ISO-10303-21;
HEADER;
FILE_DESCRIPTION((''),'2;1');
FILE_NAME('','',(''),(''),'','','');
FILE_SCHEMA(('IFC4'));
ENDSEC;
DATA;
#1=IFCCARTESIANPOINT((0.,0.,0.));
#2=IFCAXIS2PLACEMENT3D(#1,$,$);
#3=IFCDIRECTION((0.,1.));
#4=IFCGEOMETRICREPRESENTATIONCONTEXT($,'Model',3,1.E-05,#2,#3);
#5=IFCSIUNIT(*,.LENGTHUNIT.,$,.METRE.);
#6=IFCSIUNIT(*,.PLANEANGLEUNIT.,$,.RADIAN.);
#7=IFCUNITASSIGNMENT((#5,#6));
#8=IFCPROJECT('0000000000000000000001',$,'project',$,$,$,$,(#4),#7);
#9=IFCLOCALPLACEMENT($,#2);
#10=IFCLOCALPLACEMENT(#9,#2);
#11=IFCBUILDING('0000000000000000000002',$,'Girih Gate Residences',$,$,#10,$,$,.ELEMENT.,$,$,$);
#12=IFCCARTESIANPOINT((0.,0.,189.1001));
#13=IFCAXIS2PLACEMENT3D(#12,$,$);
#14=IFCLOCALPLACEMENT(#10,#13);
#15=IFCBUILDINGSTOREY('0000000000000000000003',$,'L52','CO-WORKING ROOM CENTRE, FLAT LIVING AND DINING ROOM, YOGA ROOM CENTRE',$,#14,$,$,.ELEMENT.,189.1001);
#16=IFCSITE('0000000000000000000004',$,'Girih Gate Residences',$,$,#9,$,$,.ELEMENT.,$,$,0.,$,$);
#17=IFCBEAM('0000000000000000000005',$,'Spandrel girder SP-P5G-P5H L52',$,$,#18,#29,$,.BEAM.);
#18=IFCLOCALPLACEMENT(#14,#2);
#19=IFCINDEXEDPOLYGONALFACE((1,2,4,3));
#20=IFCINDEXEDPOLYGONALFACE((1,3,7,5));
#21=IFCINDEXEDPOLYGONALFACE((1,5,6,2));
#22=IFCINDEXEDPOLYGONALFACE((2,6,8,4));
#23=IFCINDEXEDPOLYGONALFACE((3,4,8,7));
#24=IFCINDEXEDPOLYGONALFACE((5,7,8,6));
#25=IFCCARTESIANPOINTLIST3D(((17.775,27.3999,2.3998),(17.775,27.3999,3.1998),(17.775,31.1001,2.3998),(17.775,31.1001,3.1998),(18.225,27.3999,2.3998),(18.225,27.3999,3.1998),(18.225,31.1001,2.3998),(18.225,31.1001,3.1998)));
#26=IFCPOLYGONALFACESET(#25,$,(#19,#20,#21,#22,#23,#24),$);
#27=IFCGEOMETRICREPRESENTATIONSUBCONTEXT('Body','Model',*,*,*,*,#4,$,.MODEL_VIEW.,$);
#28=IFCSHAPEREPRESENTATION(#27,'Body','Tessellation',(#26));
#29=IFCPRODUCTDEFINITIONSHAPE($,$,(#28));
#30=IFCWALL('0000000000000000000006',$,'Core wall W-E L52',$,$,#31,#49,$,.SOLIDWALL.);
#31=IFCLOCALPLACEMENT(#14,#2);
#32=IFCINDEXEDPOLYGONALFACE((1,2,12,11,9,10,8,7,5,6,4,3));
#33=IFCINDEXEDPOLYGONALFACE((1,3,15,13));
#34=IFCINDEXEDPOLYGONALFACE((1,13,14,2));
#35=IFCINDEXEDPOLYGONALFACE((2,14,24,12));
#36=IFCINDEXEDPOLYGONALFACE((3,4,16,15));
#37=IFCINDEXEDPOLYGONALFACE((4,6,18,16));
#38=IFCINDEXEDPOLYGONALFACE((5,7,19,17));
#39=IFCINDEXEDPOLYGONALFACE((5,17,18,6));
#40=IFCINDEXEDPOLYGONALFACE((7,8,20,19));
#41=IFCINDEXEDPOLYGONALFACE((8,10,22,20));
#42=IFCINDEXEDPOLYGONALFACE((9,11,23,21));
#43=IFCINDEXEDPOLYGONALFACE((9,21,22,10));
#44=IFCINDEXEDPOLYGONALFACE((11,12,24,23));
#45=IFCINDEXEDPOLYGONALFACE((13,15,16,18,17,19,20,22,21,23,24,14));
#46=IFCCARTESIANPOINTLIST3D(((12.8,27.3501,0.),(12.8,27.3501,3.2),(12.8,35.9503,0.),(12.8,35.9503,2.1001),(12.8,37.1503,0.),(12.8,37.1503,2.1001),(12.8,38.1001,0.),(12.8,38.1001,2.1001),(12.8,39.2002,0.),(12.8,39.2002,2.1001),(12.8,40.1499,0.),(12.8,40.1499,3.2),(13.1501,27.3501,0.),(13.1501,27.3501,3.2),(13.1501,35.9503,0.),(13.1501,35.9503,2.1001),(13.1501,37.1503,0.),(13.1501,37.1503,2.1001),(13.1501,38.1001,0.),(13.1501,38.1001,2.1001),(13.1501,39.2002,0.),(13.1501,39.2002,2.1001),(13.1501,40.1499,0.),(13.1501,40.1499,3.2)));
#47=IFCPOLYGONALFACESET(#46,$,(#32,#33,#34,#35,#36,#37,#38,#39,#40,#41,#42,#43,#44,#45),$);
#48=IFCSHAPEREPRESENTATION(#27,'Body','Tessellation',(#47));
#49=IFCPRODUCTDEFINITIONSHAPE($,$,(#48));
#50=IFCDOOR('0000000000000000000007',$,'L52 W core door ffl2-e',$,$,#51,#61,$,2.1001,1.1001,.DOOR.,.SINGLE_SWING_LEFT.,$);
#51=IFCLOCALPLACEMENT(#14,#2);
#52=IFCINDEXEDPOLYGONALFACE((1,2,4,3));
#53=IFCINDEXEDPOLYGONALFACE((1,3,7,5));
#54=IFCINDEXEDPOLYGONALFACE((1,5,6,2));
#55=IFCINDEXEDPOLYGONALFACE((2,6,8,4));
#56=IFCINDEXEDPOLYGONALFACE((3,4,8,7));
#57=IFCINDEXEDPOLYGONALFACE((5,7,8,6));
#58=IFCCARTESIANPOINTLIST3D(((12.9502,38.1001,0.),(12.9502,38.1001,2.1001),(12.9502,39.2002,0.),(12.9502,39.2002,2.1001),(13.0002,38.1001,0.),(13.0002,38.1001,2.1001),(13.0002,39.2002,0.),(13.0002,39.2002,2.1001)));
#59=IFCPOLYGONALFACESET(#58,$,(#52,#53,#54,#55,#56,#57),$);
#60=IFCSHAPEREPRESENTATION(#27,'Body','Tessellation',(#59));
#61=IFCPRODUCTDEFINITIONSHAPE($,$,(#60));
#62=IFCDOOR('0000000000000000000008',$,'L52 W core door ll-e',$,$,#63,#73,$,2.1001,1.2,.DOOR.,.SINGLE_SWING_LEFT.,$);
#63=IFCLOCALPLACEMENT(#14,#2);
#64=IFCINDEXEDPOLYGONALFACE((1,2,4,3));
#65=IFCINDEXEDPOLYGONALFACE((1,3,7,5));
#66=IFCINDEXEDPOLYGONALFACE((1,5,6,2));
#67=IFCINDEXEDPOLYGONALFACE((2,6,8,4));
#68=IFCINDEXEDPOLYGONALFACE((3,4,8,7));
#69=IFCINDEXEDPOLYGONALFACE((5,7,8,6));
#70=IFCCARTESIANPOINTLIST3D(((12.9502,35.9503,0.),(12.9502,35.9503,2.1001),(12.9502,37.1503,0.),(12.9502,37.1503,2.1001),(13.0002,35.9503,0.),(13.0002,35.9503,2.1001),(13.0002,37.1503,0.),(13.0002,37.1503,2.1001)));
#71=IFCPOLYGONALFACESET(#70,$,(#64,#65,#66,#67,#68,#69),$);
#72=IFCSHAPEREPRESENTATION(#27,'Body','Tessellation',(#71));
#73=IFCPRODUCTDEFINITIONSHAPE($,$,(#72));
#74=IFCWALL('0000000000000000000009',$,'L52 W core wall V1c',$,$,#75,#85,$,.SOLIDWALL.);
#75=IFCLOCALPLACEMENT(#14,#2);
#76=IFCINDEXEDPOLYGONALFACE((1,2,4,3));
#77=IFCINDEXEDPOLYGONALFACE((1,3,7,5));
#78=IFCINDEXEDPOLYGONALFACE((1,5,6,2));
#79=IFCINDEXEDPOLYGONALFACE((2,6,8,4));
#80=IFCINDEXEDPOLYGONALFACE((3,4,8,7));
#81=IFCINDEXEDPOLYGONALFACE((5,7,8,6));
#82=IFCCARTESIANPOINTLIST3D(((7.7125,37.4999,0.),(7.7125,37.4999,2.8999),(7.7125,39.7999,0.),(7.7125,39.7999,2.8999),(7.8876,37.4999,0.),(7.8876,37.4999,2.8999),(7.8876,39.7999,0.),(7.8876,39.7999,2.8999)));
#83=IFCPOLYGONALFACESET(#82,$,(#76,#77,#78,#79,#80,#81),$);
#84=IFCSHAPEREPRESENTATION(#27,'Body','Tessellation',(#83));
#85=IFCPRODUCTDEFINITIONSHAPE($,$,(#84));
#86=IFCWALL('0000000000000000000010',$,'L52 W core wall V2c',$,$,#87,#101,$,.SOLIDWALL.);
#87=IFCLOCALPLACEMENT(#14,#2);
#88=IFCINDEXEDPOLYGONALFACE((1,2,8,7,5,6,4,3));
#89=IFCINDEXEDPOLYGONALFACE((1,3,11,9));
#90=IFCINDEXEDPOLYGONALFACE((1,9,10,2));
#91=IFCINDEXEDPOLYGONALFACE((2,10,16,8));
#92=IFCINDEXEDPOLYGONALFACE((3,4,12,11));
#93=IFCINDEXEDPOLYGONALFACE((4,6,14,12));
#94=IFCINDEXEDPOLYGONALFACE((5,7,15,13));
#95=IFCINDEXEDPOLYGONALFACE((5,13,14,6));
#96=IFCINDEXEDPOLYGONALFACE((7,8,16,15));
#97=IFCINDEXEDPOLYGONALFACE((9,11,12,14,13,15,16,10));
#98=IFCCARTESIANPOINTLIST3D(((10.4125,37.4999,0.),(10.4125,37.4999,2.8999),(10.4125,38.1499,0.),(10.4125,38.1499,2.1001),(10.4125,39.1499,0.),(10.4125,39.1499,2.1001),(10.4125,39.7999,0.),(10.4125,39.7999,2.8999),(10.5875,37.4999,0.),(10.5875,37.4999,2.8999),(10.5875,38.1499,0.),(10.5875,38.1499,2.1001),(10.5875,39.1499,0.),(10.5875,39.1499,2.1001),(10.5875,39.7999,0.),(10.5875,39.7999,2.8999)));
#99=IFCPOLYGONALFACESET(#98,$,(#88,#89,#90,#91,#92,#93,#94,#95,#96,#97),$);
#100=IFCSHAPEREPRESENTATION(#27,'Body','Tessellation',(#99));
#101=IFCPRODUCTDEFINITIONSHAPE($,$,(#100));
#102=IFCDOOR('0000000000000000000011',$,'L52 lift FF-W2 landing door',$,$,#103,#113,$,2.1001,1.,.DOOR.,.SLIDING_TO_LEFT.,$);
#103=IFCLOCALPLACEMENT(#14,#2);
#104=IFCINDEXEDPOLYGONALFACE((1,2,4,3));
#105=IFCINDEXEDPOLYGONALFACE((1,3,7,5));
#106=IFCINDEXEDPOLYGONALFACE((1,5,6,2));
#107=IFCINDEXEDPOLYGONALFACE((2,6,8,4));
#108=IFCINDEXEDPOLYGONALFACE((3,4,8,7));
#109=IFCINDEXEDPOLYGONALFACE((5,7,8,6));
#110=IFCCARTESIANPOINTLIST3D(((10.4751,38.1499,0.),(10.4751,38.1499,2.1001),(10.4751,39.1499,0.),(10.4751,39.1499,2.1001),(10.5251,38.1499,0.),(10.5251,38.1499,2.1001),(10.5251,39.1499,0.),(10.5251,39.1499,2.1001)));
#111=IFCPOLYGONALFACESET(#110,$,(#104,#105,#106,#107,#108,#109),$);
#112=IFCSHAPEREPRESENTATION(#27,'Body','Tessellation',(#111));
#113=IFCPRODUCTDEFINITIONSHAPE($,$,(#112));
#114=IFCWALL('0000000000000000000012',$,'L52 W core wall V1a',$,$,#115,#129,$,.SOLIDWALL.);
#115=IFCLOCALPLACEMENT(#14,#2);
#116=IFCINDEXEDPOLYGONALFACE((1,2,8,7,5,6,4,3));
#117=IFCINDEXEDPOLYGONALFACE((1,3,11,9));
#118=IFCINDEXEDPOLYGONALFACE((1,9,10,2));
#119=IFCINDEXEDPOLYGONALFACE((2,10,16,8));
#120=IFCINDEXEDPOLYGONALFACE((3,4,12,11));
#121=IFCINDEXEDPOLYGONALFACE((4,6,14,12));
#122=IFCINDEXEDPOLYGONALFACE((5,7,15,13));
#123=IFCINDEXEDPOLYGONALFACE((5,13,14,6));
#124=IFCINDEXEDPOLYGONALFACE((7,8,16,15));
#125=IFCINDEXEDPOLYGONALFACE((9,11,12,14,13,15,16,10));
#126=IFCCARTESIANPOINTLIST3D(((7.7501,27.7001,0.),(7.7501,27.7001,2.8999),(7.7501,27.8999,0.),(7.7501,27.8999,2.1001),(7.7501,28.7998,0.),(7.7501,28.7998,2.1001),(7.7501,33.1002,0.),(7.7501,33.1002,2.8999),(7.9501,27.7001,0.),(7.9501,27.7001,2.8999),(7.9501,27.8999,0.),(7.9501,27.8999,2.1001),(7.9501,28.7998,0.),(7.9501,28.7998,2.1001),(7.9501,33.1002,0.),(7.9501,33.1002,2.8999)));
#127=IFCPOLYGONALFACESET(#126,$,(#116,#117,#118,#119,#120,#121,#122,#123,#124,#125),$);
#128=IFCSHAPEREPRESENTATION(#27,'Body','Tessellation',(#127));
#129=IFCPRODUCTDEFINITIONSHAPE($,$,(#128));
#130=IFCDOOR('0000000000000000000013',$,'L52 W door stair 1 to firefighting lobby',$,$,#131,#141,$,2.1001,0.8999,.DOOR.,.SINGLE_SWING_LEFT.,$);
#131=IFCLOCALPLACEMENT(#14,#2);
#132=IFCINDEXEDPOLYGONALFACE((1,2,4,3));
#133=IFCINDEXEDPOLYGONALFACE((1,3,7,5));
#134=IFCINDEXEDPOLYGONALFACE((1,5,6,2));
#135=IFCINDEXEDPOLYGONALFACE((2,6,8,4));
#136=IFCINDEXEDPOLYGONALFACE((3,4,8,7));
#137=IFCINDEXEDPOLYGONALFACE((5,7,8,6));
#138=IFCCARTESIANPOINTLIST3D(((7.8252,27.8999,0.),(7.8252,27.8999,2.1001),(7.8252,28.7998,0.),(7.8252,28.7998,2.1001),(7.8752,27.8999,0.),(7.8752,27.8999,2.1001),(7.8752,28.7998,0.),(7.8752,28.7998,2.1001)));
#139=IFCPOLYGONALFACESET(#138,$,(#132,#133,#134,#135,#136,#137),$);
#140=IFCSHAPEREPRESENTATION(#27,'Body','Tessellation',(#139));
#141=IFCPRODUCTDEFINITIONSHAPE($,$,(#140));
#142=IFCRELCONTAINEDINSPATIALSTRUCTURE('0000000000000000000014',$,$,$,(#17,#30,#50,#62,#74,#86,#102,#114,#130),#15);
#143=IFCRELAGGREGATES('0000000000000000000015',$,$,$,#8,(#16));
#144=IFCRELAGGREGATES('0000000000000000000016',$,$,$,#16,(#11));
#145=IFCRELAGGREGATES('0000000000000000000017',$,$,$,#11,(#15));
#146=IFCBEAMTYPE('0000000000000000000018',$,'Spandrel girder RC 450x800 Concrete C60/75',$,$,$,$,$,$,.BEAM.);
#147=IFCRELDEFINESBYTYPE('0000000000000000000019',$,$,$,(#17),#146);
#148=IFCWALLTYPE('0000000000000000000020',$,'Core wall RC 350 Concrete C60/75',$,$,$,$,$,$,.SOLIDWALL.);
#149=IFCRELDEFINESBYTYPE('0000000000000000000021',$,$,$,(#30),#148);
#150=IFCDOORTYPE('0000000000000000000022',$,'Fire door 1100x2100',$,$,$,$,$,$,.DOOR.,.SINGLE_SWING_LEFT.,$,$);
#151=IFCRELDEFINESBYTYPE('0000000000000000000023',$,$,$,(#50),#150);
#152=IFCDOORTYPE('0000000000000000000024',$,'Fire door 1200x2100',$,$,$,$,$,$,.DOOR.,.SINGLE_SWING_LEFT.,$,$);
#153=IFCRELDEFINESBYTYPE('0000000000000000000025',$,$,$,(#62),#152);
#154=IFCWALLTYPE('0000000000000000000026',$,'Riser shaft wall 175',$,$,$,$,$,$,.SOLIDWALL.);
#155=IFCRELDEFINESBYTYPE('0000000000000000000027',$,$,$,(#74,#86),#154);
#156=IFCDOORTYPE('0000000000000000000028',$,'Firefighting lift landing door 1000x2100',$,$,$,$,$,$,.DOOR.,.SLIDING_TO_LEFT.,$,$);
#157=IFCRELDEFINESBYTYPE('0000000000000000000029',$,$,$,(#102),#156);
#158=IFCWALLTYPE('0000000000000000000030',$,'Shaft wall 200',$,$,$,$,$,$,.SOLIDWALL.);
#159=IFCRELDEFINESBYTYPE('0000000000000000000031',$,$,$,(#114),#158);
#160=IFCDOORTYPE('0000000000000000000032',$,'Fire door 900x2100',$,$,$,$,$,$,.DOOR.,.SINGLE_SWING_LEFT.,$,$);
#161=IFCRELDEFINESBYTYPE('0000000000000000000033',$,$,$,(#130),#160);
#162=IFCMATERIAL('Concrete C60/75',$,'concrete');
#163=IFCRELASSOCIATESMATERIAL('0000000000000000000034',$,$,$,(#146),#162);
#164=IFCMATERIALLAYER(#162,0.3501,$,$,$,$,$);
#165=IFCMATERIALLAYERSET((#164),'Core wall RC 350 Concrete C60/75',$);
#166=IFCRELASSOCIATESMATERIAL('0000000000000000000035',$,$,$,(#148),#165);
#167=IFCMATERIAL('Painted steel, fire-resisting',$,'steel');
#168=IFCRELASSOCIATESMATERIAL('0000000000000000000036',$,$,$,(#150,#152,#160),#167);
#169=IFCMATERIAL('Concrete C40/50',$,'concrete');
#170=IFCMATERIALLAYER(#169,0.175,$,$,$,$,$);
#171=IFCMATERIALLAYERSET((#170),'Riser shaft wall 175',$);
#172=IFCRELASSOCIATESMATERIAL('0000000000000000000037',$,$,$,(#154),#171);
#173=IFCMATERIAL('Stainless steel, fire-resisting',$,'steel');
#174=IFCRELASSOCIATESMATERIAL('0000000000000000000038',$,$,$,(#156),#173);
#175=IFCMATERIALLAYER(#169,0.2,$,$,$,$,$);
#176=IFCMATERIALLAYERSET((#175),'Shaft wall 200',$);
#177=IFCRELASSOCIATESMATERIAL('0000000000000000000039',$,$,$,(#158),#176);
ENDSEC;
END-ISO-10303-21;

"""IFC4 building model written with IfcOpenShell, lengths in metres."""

from ifc_helpers import new_model, si_unit, direction, frame, frame_2d, origin, origin_2d, place, context, subcontext, project, spatial, rectangle, extrude, material, layer, layer_set, material_profile, profile_set, type_object, element, fill, save


model = new_model("IFC4")

# Units and contexts
model_context = context("Model", 3, precision=1e-05, world=origin(), true_north=direction((0.0, 1.0)))
body_context = subcontext(model_context, "Body", "Model", "MODEL_VIEW")
ifc_project = project(units=[si_unit("LENGTHUNIT", "METRE"), si_unit("PLANEANGLEUNIT", "RADIAN")], contexts=[model_context])

# Site, building, storey
site_placement = place(None, origin())
site = spatial("IfcSite", under=ifc_project, at=site_placement, Name="Girih Gate Residences", CompositionType="ELEMENT", RefElevation=0.0)
building_placement = place(site_placement, origin())
building = spatial("IfcBuilding", under=site, at=building_placement, Name="Girih Gate Residences", CompositionType="ELEMENT")
storey_placement = place(building_placement, frame((0.0, 0.0, 189.1001)))
storey = spatial("IfcBuildingStorey", under=building, at=storey_placement, Name="L52", Description="CO-WORKING ROOM CENTRE, FLAT LIVING AND DINING ROOM, YOGA ROOM CENTRE", CompositionType="ELEMENT", Elevation=189.1001)

# Beam
ifc_material_1 = material(Name="Concrete C60/75", Category="concrete")
ifc_material_profile = material_profile(ifc_material_1, rectangle(XDim=0.45, YDim=0.8, at=origin_2d()))
ifc_profile_set = profile_set([ifc_material_profile], Name="Concrete C60/75")
beam_type = type_object("IfcBeamType", Name="Spandrel girder RC 450x800 Concrete C60/75", PredefinedType="BEAM", material=ifc_profile_set)
beam_placement = place(storey_placement, frame((18.0, 27.3999, 2.7998), z_axis=(0.0, 1.0, 0.0), x_axis=(-1.0, 0.0, 0.0)))
element("IfcBeam", 1, at=beam_placement, inside=storey, type_object=beam_type, Name="Spandrel girder SP-P5G-P5H L52", PredefinedType="BEAM", context=body_context, shape_type="SweptSolid", body=[
    extrude(rectangle(XDim=0.45, YDim=0.8, at=origin_2d()), origin(), (0.0, 0.0, 1.0), 3.7002),
])

# Wall, openings, doors
ifc_layer_1 = layer(ifc_material_1, 0.3501)
ifc_layer_set_1 = layer_set([ifc_layer_1], Name="Core wall RC 350 Concrete C60/75")
wall_type_1 = type_object("IfcWallType", Name="Core wall RC 350 Concrete C60/75", PredefinedType="SOLIDWALL", material=ifc_layer_set_1)
wall_1_placement = place(storey_placement, frame((12.9751, 27.3501, 0.0), z_axis=(0.0, 0.0, 1.0), x_axis=(0.0, 1.0, 0.0)))
wall_1 = element("IfcWall", 2, at=wall_1_placement, inside=storey, type_object=wall_type_1, Name="Core wall W-E L52", PredefinedType="SOLIDWALL", context=body_context, shape_type="SweptSolid", body=[
    extrude(rectangle(XDim=12.7998, YDim=0.3501, at=frame_2d((6.3999, 0.0))), origin(), (0.0, 0.0, 1.0), 3.2),
])
opening_1_placement = place(wall_1_placement, frame((10.75, 0.0, 0.0)))
opening_1 = element("IfcOpeningElement", 3, at=opening_1_placement, cuts=wall_1, PredefinedType="OPENING", context=body_context, shape_type="SweptSolid", body=[
    extrude(rectangle(XDim=1.1001, YDim=2.1001, at=frame_2d((0.55, 1.05))), frame((0.0, 0.1851, 0.0), z_axis=(0.0, -1.0, 0.0), x_axis=(1.0, 0.0, 0.0)), (0.0, 0.0, 1.0), 0.3701),
])
opening_2_placement = place(wall_1_placement, frame((8.6001, 0.0, 0.0)))
opening_2 = element("IfcOpeningElement", 4, at=opening_2_placement, cuts=wall_1, PredefinedType="OPENING", context=body_context, shape_type="SweptSolid", body=[
    extrude(rectangle(XDim=1.2, YDim=2.1001, at=frame_2d((0.6001, 1.05))), frame((0.0, 0.1851, 0.0), z_axis=(0.0, -1.0, 0.0), x_axis=(1.0, 0.0, 0.0)), (0.0, 0.0, 1.0), 0.3701),
])
ifc_material_2 = material(Name="Painted steel, fire-resisting", Category="steel")
door_type_1 = type_object("IfcDoorType", Name="Fire door 1100x2100", OperationType="SINGLE_SWING_LEFT", PredefinedType="DOOR", material=ifc_material_2)
door_1_placement = place(opening_1_placement, origin())
door_1 = element("IfcDoor", 5, at=door_1_placement, inside=storey, type_object=door_type_1, Name="L52 W core door ffl2-e", OperationType="SINGLE_SWING_LEFT", OverallHeight=2.1001, OverallWidth=1.1001, PredefinedType="DOOR", context=body_context, shape_type="SweptSolid", body=[
    extrude(rectangle(XDim=1.1001, YDim=2.1001, at=frame_2d((0.55, 1.05))), frame((0.0, 0.0249, 0.0), z_axis=(0.0, -1.0, 0.0), x_axis=(1.0, 0.0, 0.0)), (0.0, 0.0, 1.0), 0.05),
])
fill(opening_1, door_1)
door_type_2 = type_object("IfcDoorType", Name="Fire door 1200x2100", OperationType="SINGLE_SWING_LEFT", PredefinedType="DOOR", material=ifc_material_2)
door_2_placement = place(opening_2_placement, origin())
door_2 = element("IfcDoor", 6, at=door_2_placement, inside=storey, type_object=door_type_2, Name="L52 W core door ll-e", OperationType="SINGLE_SWING_LEFT", OverallHeight=2.1001, OverallWidth=1.2, PredefinedType="DOOR", context=body_context, shape_type="SweptSolid", body=[
    extrude(rectangle(XDim=1.2, YDim=2.1001, at=frame_2d((0.6001, 1.05))), frame((0.0, 0.0249, 0.0), z_axis=(0.0, -1.0, 0.0), x_axis=(1.0, 0.0, 0.0)), (0.0, 0.0, 1.0), 0.05),
])
fill(opening_2, door_2)

# Wall
ifc_material_3 = material(Name="Concrete C40/50", Category="concrete")
ifc_layer_2 = layer(ifc_material_3, 0.175)
ifc_layer_set_2 = layer_set([ifc_layer_2], Name="Riser shaft wall 175")
wall_type_2 = type_object("IfcWallType", Name="Riser shaft wall 175", PredefinedType="SOLIDWALL", material=ifc_layer_set_2)
wall_2_placement = place(storey_placement, frame((7.8, 37.5, 0.0), z_axis=(0.0, 0.0, 1.0), x_axis=(0.0, 1.0, 0.0)))
element("IfcWall", 7, at=wall_2_placement, inside=storey, type_object=wall_type_2, Name="L52 W core wall V1c", PredefinedType="SOLIDWALL", context=body_context, shape_type="SweptSolid", body=[
    extrude(rectangle(XDim=2.3, YDim=0.175, at=frame_2d((1.1499, 0.0))), origin(), (0.0, 0.0, 1.0), 2.8999),
])

# Walls, openings, doors
wall_3_placement = place(storey_placement, frame((10.5, 37.5, 0.0), z_axis=(0.0, 0.0, 1.0), x_axis=(0.0, 1.0, 0.0)))
wall_3 = element("IfcWall", 8, at=wall_3_placement, inside=storey, type_object=wall_type_2, Name="L52 W core wall V2c", PredefinedType="SOLIDWALL", context=body_context, shape_type="SweptSolid", body=[
    extrude(rectangle(XDim=2.3, YDim=0.175, at=frame_2d((1.1499, 0.0))), origin(), (0.0, 0.0, 1.0), 2.8999),
])
opening_3_placement = place(wall_3_placement, frame((0.6499, 0.0, 0.0)))
opening_3 = element("IfcOpeningElement", 9, at=opening_3_placement, cuts=wall_3, PredefinedType="OPENING", context=body_context, shape_type="SweptSolid", body=[
    extrude(rectangle(XDim=1.0, YDim=2.1001, at=frame_2d((0.5, 1.05))), frame((0.0, 0.0974, 0.0), z_axis=(0.0, -1.0, 0.0), x_axis=(1.0, 0.0, 0.0)), (0.0, 0.0, 1.0), 0.1951),
])
ifc_material_4 = material(Name="Stainless steel, fire-resisting", Category="steel")
door_type_3 = type_object("IfcDoorType", Name="Firefighting lift landing door 1000x2100", OperationType="SLIDING_TO_LEFT", PredefinedType="DOOR", material=ifc_material_4)
door_3_placement = place(opening_3_placement, origin())
door_3 = element("IfcDoor", 10, at=door_3_placement, inside=storey, type_object=door_type_3, Name="L52 lift FF-W2 landing door", OperationType="SLIDING_TO_LEFT", OverallHeight=2.1001, OverallWidth=1.0, PredefinedType="DOOR", context=body_context, shape_type="SweptSolid", body=[
    extrude(rectangle(XDim=1.0, YDim=2.1001, at=frame_2d((0.5, 1.05))), frame((0.0, 0.0249, 0.0), z_axis=(0.0, -1.0, 0.0), x_axis=(1.0, 0.0, 0.0)), (0.0, 0.0, 1.0), 0.05),
])
fill(opening_3, door_3)
ifc_layer_3 = layer(ifc_material_3, 0.2)
ifc_layer_set_3 = layer_set([ifc_layer_3], Name="Shaft wall 200")
wall_type_3 = type_object("IfcWallType", Name="Shaft wall 200", PredefinedType="SOLIDWALL", material=ifc_layer_set_3)
wall_4_placement = place(storey_placement, frame((7.8501, 27.7, 0.0), z_axis=(0.0, 0.0, 1.0), x_axis=(0.0, 1.0, 0.0)))
wall_4 = element("IfcWall", 11, at=wall_4_placement, inside=storey, type_object=wall_type_3, Name="L52 W core wall V1a", PredefinedType="SOLIDWALL", context=body_context, shape_type="SweptSolid", body=[
    extrude(rectangle(XDim=5.4001, YDim=0.2, at=frame_2d((2.7002, 0.0))), origin(), (0.0, 0.0, 1.0), 2.8999),
])
opening_4_placement = place(wall_4_placement, frame((0.2, 0.0, 0.0)))
opening_4 = element("IfcOpeningElement", 12, at=opening_4_placement, cuts=wall_4, PredefinedType="OPENING", context=body_context, shape_type="SweptSolid", body=[
    extrude(rectangle(XDim=0.8999, YDim=2.1001, at=frame_2d((0.45, 1.05))), frame((0.0, 0.1099, 0.0), z_axis=(0.0, -1.0, 0.0), x_axis=(1.0, 0.0, 0.0)), (0.0, 0.0, 1.0), 0.22),
])
door_type_4 = type_object("IfcDoorType", Name="Fire door 900x2100", OperationType="SINGLE_SWING_LEFT", PredefinedType="DOOR", material=ifc_material_2)
door_4_placement = place(opening_4_placement, origin())
door_4 = element("IfcDoor", 13, at=door_4_placement, inside=storey, type_object=door_type_4, Name="L52 W door stair 1 to firefighting lobby", OperationType="SINGLE_SWING_LEFT", OverallHeight=2.1001, OverallWidth=0.8999, PredefinedType="DOOR", context=body_context, shape_type="SweptSolid", body=[
    extrude(rectangle(XDim=0.8999, YDim=2.1001, at=frame_2d((0.45, 1.05))), frame((0.0, 0.0249, 0.0), z_axis=(0.0, -1.0, 0.0), x_axis=(1.0, 0.0, 0.0)), (0.0, 0.0, 1.0), 0.05),
])
fill(opening_4, door_4)

save(model, "model.ifc")
